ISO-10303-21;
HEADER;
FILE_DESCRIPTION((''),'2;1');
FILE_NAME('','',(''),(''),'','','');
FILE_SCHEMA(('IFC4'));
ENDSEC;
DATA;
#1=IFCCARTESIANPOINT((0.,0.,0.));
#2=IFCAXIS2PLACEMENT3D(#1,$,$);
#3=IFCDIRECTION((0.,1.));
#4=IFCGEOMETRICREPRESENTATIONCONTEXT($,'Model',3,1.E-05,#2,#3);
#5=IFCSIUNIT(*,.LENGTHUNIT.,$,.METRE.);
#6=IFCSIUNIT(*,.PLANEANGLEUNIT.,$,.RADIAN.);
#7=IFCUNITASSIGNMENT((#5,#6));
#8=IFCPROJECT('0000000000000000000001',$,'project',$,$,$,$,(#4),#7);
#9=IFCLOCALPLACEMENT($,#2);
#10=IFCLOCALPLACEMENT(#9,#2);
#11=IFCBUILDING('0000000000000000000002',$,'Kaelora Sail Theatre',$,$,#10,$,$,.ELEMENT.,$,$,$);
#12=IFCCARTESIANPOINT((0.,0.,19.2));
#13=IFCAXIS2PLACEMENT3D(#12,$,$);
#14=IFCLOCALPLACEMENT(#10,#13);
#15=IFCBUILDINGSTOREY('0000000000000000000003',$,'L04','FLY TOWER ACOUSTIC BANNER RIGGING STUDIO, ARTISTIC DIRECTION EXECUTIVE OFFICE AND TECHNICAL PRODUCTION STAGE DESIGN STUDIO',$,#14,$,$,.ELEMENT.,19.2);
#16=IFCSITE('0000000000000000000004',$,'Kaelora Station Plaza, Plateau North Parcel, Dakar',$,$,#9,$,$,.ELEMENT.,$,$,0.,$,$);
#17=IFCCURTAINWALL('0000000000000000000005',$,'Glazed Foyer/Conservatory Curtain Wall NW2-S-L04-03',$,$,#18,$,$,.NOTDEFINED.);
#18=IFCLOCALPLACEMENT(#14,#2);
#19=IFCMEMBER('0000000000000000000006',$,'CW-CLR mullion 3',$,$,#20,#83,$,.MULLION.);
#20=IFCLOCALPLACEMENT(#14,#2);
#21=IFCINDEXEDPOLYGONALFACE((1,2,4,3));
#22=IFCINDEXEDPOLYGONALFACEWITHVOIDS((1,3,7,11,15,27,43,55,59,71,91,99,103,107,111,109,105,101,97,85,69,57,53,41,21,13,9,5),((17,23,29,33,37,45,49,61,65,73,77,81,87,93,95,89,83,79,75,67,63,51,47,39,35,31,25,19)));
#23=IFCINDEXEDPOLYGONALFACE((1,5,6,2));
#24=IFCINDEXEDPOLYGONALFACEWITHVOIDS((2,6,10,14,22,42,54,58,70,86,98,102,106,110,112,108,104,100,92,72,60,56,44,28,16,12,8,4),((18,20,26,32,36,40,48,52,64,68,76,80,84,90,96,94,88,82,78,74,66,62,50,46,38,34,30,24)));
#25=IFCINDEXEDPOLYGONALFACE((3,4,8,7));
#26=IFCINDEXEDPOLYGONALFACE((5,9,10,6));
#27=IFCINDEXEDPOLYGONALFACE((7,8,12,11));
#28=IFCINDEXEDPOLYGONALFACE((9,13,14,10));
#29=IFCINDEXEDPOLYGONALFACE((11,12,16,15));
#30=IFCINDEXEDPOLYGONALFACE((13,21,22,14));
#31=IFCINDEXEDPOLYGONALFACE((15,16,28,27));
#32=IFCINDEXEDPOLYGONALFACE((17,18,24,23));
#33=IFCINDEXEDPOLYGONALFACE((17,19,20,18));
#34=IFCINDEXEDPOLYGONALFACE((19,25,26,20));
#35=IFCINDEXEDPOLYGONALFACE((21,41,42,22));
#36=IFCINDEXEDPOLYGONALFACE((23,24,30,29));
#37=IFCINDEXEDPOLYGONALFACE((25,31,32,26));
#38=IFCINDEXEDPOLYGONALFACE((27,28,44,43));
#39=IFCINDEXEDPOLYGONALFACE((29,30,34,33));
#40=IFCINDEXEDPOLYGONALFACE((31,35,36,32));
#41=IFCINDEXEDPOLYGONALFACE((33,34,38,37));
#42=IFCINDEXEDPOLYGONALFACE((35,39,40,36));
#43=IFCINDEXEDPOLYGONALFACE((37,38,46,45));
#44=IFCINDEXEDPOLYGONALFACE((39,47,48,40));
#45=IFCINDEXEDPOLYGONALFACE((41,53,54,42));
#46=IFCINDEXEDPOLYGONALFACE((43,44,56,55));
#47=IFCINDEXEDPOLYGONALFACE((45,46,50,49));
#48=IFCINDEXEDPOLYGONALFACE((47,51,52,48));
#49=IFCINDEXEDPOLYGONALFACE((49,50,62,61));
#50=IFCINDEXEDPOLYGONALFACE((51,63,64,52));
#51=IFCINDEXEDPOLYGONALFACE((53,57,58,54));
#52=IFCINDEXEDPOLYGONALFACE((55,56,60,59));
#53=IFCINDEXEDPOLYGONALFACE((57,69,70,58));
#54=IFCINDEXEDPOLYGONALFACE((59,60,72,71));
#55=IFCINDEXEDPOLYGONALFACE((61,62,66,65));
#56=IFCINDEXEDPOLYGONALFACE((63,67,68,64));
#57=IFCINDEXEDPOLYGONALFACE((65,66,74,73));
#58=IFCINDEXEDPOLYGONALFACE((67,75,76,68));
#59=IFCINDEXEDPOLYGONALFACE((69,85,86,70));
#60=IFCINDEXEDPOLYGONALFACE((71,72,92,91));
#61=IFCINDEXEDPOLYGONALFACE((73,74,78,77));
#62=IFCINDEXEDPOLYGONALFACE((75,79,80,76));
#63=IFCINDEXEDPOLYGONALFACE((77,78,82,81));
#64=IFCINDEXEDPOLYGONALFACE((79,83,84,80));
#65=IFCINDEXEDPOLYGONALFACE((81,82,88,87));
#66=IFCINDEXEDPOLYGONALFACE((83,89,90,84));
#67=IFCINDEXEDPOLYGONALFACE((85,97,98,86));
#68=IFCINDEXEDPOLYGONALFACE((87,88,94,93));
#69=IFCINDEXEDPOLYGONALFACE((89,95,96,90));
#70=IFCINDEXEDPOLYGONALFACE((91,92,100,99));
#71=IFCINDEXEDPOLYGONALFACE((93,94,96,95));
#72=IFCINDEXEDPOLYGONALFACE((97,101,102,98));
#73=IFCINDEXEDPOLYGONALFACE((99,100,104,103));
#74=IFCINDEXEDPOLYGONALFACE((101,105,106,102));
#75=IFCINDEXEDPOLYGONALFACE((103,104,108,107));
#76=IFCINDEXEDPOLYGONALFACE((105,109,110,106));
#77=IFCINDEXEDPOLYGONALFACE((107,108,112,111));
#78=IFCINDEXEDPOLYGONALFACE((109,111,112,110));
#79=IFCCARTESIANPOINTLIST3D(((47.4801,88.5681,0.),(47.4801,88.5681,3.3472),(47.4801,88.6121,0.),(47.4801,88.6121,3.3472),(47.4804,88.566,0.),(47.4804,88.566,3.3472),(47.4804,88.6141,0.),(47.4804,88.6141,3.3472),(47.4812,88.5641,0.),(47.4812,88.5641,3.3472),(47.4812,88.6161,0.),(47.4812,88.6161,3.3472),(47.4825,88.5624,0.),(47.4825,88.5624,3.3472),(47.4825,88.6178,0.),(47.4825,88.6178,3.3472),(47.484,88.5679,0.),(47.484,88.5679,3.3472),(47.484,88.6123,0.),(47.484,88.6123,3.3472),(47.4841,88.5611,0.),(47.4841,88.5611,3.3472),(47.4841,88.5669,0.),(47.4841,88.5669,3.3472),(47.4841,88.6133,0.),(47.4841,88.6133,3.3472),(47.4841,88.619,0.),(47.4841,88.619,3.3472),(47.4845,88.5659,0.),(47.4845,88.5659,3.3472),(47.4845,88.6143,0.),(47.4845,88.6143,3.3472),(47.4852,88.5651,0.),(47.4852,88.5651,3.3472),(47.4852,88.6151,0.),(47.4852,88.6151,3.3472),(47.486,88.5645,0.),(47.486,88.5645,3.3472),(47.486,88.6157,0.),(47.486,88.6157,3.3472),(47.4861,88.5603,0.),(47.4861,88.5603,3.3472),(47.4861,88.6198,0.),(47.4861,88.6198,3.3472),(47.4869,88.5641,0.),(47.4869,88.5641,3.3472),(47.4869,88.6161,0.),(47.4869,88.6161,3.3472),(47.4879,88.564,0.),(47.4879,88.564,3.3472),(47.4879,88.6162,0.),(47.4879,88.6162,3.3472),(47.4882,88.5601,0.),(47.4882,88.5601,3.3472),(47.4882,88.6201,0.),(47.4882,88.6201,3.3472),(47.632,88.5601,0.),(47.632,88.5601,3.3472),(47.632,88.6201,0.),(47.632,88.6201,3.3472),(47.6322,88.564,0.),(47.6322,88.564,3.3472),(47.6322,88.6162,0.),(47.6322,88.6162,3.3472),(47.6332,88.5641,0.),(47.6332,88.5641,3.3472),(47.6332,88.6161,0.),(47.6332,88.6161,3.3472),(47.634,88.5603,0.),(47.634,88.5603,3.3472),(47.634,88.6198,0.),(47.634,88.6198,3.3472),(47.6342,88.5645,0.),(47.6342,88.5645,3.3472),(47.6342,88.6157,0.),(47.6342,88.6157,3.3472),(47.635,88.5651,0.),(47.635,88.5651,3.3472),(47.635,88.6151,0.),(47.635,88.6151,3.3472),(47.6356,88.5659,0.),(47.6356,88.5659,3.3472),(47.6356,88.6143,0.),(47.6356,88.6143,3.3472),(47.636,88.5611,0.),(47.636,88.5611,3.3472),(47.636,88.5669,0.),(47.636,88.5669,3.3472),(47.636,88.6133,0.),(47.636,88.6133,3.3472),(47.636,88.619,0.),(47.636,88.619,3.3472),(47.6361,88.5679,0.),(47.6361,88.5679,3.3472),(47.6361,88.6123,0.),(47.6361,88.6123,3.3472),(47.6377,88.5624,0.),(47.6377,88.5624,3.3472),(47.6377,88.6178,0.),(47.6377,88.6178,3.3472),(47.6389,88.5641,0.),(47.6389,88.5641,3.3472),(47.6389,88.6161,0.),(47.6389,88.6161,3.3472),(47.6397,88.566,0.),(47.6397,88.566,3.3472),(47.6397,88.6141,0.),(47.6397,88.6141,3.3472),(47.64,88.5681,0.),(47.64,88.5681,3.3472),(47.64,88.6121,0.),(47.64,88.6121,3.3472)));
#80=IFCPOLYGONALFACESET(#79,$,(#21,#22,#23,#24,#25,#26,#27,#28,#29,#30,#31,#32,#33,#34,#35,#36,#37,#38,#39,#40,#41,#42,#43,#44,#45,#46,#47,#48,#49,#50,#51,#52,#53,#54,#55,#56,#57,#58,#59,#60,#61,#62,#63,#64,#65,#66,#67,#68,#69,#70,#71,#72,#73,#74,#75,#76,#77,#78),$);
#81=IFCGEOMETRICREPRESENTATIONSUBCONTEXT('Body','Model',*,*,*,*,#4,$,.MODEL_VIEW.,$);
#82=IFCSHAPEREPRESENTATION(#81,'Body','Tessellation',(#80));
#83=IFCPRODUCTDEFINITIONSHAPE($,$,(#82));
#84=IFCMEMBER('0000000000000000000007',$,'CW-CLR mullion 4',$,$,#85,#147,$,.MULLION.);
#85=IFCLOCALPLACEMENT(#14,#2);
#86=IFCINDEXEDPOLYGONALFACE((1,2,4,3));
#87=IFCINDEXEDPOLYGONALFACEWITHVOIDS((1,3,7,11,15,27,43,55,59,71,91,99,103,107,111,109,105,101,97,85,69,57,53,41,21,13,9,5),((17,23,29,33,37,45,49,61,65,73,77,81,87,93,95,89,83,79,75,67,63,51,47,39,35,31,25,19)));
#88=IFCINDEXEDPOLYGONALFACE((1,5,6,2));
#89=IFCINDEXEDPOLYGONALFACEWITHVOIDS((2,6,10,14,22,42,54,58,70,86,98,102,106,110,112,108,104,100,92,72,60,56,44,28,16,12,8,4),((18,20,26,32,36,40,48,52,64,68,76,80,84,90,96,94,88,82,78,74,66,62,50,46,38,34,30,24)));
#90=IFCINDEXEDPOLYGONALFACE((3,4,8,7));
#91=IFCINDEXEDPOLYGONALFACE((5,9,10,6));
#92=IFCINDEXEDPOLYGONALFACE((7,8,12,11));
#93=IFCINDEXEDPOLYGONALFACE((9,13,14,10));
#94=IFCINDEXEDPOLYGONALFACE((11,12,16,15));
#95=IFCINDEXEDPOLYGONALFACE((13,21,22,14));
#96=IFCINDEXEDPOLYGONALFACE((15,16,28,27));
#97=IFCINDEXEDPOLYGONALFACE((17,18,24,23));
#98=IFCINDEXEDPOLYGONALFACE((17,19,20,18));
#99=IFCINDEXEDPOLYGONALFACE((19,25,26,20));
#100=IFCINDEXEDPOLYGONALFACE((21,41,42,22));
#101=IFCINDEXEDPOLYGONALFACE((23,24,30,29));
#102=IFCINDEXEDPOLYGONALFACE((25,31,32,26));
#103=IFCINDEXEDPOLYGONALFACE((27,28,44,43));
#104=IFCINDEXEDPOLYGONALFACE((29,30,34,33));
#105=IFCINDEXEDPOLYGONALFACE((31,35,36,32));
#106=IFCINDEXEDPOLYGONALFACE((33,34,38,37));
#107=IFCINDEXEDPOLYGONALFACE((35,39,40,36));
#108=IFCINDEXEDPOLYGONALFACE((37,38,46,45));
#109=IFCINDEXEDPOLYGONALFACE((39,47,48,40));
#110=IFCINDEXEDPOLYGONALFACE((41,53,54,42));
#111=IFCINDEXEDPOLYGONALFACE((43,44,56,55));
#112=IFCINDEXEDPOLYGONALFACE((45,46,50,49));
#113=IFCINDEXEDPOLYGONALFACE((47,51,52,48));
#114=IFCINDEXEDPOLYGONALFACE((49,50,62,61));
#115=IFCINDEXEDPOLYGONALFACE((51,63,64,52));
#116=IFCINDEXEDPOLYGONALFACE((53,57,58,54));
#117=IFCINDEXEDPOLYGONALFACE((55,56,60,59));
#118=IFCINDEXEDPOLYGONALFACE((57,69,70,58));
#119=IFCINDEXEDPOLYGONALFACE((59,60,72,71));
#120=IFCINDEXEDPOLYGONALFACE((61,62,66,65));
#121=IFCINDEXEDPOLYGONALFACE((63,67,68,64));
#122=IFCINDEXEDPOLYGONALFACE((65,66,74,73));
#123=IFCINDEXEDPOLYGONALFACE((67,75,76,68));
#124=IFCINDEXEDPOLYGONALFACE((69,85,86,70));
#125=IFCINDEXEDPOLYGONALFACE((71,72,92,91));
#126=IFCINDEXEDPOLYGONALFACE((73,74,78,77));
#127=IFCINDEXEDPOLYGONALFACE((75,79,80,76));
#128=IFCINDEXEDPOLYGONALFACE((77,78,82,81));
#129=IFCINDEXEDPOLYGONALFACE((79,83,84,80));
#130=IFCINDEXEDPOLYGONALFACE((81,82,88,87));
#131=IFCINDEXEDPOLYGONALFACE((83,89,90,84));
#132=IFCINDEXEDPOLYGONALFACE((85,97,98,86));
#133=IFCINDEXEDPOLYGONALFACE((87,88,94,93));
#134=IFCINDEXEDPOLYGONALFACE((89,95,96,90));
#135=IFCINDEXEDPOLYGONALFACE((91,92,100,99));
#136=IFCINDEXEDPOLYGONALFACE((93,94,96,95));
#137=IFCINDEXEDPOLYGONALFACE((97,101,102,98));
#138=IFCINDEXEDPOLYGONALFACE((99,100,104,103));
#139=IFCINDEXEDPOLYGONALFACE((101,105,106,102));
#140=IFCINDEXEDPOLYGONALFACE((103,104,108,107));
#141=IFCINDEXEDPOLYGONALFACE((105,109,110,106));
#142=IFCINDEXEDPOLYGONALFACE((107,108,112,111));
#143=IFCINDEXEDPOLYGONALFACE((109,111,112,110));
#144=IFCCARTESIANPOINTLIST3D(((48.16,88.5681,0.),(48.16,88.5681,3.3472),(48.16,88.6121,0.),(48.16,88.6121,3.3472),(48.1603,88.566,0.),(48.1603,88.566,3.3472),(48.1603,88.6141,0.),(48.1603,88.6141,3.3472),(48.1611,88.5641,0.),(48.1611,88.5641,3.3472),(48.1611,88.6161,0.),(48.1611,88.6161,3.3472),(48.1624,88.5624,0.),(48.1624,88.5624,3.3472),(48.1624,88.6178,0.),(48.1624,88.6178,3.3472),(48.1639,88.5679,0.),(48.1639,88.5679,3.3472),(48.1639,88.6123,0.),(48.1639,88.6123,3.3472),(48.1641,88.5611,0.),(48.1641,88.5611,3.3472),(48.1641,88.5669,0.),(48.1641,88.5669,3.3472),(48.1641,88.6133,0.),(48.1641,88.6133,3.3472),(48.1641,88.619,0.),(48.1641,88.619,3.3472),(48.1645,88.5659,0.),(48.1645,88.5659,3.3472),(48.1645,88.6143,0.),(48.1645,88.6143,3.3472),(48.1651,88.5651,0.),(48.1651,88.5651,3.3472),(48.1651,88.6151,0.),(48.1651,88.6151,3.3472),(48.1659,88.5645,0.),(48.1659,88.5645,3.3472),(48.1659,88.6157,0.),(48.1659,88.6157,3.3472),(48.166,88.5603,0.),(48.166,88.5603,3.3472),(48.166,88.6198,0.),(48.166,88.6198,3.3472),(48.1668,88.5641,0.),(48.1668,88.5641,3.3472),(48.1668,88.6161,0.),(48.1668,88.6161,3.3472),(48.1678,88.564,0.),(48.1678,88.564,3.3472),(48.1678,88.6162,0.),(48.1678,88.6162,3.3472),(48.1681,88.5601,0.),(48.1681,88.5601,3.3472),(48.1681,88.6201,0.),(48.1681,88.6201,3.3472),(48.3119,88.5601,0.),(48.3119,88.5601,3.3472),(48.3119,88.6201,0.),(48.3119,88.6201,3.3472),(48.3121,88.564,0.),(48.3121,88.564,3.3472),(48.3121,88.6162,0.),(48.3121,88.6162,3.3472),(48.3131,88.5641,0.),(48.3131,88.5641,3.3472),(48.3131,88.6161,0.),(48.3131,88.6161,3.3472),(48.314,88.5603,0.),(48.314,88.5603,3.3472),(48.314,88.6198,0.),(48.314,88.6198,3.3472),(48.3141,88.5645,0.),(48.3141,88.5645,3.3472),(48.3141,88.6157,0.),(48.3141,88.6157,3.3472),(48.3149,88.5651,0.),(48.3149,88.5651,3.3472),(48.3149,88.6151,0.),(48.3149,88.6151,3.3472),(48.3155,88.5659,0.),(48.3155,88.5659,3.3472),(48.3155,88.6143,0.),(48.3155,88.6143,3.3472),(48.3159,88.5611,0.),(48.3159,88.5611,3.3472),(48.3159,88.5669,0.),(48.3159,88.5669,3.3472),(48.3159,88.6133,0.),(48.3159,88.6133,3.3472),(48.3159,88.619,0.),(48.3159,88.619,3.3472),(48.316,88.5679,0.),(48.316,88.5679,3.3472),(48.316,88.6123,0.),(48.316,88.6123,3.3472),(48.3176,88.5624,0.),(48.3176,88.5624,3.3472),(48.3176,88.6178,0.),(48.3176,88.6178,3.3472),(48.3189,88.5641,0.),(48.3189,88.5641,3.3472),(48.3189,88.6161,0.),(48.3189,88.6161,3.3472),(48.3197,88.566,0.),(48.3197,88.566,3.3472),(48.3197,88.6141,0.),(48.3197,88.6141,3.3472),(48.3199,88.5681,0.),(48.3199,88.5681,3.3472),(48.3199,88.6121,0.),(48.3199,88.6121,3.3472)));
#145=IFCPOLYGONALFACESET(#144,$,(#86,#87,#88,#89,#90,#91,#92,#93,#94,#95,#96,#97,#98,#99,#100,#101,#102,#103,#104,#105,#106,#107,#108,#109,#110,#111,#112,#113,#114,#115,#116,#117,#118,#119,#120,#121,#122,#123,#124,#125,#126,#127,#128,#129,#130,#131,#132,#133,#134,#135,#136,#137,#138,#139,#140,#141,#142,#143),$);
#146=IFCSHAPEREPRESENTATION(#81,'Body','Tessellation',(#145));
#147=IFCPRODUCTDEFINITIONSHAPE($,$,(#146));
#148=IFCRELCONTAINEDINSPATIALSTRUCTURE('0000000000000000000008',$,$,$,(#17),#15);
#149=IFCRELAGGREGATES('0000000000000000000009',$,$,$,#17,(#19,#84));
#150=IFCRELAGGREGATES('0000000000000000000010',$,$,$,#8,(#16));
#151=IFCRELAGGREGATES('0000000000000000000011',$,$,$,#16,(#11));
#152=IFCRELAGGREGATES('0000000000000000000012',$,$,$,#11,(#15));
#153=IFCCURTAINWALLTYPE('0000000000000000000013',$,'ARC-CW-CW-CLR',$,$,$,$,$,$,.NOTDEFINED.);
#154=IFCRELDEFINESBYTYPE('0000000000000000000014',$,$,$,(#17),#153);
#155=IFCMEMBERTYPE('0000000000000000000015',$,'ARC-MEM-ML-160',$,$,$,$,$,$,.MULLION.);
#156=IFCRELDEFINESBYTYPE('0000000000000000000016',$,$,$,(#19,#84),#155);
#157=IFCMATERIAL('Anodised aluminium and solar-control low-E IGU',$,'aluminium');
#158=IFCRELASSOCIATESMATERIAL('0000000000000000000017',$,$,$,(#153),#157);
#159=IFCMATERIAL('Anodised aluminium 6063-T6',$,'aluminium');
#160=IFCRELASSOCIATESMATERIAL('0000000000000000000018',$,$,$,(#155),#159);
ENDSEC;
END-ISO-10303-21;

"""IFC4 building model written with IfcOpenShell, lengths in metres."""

from ifc_helpers import new_model, si_unit, direction, frame, origin, origin_2d, place, context, subcontext, project, spatial, hollow_rectangle, extrude, material, material_profile, profile_set, type_object, element, aggregate, save


model = new_model("IFC4")

# Units and contexts
model_context = context("Model", 3, precision=1e-05, world=origin(), true_north=direction((0.0, 1.0)))
body_context = subcontext(model_context, "Body", "Model", "MODEL_VIEW")
ifc_project = project(units=[si_unit("LENGTHUNIT", "METRE"), si_unit("PLANEANGLEUNIT", "RADIAN")], contexts=[model_context])

# Site, building, storey
site_placement = place(None, origin())
site = spatial("IfcSite", under=ifc_project, at=site_placement, Name="Kaelora Station Plaza, Plateau North Parcel, Dakar", CompositionType="ELEMENT", RefElevation=0.0)
building_placement = place(site_placement, origin())
building = spatial("IfcBuilding", under=site, at=building_placement, Name="Kaelora Sail Theatre", CompositionType="ELEMENT")
storey_placement = place(building_placement, frame((0.0, 0.0, 19.2)))
storey = spatial("IfcBuildingStorey", under=building, at=storey_placement, Name="L04", Description="FLY TOWER ACOUSTIC BANNER RIGGING STUDIO, ARTISTIC DIRECTION EXECUTIVE OFFICE AND TECHNICAL PRODUCTION STAGE DESIGN STUDIO", CompositionType="ELEMENT", Elevation=19.2)

# Curtain wall, members
ifc_material_1 = material(Name="Anodised aluminium and solar-control low-E IGU", Category="aluminium")
curtain_wall_type = type_object("IfcCurtainWallType", Name="ARC-CW-CW-CLR", PredefinedType="NOTDEFINED", material=ifc_material_1)
curtain_wall_placement = place(storey_placement, origin())
curtain_wall = element("IfcCurtainWall", 1, at=curtain_wall_placement, inside=storey, type_object=curtain_wall_type, Name="Glazed Foyer/Conservatory Curtain Wall NW2-S-L04-03", PredefinedType="NOTDEFINED")
ifc_material_2 = material(Name="Anodised aluminium 6063-T6", Category="aluminium")
ifc_material_profile_1 = material_profile(ifc_material_2, hollow_rectangle(XDim=0.0601, YDim=0.1599, WallThickness=0.0039, InnerFilletRadius=0.0039, OuterFilletRadius=0.0081, at=origin_2d()), Name="ALU-MULL 60x160x4")
ifc_profile_set_1 = profile_set([ifc_material_profile_1], Name="Anodised aluminium 6063-T6")
member_type_1 = type_object("IfcMemberType", Name="ARC-MEM-ML-160", PredefinedType="MULLION", material=ifc_profile_set_1)
member_1_placement = place(storey_placement, frame((47.5601, 88.5901, 0.0), z_axis=(0.0, 0.0, 1.0), x_axis=(0.0, 1.0, 0.0)))
member_1 = element("IfcMember", 2, at=member_1_placement, type_object=member_type_1, Name="CW-CLR mullion 3", PredefinedType="MULLION", context=body_context, shape_type="SweptSolid", body=[
    extrude(hollow_rectangle(XDim=0.0601, YDim=0.1599, WallThickness=0.0039, InnerFilletRadius=0.0039, OuterFilletRadius=0.0081, at=origin_2d()), origin(), (0.0, 0.0, 1.0), 3.3472),
])
member_2_placement = place(storey_placement, frame((48.24, 88.5901, 0.0), z_axis=(0.0, 0.0, 1.0), x_axis=(0.0, 1.0, 0.0)))
member_2 = element("IfcMember", 3, at=member_2_placement, type_object=member_type_1, Name="CW-CLR mullion 4", PredefinedType="MULLION", context=body_context, shape_type="SweptSolid", body=[
    extrude(hollow_rectangle(XDim=0.0601, YDim=0.1599, WallThickness=0.0039, InnerFilletRadius=0.0039, OuterFilletRadius=0.0081, at=origin_2d()), origin(), (0.0, 0.0, 1.0), 3.3472),
])
aggregate(curtain_wall, [member_1, member_2])

save(model, "model.ifc")
